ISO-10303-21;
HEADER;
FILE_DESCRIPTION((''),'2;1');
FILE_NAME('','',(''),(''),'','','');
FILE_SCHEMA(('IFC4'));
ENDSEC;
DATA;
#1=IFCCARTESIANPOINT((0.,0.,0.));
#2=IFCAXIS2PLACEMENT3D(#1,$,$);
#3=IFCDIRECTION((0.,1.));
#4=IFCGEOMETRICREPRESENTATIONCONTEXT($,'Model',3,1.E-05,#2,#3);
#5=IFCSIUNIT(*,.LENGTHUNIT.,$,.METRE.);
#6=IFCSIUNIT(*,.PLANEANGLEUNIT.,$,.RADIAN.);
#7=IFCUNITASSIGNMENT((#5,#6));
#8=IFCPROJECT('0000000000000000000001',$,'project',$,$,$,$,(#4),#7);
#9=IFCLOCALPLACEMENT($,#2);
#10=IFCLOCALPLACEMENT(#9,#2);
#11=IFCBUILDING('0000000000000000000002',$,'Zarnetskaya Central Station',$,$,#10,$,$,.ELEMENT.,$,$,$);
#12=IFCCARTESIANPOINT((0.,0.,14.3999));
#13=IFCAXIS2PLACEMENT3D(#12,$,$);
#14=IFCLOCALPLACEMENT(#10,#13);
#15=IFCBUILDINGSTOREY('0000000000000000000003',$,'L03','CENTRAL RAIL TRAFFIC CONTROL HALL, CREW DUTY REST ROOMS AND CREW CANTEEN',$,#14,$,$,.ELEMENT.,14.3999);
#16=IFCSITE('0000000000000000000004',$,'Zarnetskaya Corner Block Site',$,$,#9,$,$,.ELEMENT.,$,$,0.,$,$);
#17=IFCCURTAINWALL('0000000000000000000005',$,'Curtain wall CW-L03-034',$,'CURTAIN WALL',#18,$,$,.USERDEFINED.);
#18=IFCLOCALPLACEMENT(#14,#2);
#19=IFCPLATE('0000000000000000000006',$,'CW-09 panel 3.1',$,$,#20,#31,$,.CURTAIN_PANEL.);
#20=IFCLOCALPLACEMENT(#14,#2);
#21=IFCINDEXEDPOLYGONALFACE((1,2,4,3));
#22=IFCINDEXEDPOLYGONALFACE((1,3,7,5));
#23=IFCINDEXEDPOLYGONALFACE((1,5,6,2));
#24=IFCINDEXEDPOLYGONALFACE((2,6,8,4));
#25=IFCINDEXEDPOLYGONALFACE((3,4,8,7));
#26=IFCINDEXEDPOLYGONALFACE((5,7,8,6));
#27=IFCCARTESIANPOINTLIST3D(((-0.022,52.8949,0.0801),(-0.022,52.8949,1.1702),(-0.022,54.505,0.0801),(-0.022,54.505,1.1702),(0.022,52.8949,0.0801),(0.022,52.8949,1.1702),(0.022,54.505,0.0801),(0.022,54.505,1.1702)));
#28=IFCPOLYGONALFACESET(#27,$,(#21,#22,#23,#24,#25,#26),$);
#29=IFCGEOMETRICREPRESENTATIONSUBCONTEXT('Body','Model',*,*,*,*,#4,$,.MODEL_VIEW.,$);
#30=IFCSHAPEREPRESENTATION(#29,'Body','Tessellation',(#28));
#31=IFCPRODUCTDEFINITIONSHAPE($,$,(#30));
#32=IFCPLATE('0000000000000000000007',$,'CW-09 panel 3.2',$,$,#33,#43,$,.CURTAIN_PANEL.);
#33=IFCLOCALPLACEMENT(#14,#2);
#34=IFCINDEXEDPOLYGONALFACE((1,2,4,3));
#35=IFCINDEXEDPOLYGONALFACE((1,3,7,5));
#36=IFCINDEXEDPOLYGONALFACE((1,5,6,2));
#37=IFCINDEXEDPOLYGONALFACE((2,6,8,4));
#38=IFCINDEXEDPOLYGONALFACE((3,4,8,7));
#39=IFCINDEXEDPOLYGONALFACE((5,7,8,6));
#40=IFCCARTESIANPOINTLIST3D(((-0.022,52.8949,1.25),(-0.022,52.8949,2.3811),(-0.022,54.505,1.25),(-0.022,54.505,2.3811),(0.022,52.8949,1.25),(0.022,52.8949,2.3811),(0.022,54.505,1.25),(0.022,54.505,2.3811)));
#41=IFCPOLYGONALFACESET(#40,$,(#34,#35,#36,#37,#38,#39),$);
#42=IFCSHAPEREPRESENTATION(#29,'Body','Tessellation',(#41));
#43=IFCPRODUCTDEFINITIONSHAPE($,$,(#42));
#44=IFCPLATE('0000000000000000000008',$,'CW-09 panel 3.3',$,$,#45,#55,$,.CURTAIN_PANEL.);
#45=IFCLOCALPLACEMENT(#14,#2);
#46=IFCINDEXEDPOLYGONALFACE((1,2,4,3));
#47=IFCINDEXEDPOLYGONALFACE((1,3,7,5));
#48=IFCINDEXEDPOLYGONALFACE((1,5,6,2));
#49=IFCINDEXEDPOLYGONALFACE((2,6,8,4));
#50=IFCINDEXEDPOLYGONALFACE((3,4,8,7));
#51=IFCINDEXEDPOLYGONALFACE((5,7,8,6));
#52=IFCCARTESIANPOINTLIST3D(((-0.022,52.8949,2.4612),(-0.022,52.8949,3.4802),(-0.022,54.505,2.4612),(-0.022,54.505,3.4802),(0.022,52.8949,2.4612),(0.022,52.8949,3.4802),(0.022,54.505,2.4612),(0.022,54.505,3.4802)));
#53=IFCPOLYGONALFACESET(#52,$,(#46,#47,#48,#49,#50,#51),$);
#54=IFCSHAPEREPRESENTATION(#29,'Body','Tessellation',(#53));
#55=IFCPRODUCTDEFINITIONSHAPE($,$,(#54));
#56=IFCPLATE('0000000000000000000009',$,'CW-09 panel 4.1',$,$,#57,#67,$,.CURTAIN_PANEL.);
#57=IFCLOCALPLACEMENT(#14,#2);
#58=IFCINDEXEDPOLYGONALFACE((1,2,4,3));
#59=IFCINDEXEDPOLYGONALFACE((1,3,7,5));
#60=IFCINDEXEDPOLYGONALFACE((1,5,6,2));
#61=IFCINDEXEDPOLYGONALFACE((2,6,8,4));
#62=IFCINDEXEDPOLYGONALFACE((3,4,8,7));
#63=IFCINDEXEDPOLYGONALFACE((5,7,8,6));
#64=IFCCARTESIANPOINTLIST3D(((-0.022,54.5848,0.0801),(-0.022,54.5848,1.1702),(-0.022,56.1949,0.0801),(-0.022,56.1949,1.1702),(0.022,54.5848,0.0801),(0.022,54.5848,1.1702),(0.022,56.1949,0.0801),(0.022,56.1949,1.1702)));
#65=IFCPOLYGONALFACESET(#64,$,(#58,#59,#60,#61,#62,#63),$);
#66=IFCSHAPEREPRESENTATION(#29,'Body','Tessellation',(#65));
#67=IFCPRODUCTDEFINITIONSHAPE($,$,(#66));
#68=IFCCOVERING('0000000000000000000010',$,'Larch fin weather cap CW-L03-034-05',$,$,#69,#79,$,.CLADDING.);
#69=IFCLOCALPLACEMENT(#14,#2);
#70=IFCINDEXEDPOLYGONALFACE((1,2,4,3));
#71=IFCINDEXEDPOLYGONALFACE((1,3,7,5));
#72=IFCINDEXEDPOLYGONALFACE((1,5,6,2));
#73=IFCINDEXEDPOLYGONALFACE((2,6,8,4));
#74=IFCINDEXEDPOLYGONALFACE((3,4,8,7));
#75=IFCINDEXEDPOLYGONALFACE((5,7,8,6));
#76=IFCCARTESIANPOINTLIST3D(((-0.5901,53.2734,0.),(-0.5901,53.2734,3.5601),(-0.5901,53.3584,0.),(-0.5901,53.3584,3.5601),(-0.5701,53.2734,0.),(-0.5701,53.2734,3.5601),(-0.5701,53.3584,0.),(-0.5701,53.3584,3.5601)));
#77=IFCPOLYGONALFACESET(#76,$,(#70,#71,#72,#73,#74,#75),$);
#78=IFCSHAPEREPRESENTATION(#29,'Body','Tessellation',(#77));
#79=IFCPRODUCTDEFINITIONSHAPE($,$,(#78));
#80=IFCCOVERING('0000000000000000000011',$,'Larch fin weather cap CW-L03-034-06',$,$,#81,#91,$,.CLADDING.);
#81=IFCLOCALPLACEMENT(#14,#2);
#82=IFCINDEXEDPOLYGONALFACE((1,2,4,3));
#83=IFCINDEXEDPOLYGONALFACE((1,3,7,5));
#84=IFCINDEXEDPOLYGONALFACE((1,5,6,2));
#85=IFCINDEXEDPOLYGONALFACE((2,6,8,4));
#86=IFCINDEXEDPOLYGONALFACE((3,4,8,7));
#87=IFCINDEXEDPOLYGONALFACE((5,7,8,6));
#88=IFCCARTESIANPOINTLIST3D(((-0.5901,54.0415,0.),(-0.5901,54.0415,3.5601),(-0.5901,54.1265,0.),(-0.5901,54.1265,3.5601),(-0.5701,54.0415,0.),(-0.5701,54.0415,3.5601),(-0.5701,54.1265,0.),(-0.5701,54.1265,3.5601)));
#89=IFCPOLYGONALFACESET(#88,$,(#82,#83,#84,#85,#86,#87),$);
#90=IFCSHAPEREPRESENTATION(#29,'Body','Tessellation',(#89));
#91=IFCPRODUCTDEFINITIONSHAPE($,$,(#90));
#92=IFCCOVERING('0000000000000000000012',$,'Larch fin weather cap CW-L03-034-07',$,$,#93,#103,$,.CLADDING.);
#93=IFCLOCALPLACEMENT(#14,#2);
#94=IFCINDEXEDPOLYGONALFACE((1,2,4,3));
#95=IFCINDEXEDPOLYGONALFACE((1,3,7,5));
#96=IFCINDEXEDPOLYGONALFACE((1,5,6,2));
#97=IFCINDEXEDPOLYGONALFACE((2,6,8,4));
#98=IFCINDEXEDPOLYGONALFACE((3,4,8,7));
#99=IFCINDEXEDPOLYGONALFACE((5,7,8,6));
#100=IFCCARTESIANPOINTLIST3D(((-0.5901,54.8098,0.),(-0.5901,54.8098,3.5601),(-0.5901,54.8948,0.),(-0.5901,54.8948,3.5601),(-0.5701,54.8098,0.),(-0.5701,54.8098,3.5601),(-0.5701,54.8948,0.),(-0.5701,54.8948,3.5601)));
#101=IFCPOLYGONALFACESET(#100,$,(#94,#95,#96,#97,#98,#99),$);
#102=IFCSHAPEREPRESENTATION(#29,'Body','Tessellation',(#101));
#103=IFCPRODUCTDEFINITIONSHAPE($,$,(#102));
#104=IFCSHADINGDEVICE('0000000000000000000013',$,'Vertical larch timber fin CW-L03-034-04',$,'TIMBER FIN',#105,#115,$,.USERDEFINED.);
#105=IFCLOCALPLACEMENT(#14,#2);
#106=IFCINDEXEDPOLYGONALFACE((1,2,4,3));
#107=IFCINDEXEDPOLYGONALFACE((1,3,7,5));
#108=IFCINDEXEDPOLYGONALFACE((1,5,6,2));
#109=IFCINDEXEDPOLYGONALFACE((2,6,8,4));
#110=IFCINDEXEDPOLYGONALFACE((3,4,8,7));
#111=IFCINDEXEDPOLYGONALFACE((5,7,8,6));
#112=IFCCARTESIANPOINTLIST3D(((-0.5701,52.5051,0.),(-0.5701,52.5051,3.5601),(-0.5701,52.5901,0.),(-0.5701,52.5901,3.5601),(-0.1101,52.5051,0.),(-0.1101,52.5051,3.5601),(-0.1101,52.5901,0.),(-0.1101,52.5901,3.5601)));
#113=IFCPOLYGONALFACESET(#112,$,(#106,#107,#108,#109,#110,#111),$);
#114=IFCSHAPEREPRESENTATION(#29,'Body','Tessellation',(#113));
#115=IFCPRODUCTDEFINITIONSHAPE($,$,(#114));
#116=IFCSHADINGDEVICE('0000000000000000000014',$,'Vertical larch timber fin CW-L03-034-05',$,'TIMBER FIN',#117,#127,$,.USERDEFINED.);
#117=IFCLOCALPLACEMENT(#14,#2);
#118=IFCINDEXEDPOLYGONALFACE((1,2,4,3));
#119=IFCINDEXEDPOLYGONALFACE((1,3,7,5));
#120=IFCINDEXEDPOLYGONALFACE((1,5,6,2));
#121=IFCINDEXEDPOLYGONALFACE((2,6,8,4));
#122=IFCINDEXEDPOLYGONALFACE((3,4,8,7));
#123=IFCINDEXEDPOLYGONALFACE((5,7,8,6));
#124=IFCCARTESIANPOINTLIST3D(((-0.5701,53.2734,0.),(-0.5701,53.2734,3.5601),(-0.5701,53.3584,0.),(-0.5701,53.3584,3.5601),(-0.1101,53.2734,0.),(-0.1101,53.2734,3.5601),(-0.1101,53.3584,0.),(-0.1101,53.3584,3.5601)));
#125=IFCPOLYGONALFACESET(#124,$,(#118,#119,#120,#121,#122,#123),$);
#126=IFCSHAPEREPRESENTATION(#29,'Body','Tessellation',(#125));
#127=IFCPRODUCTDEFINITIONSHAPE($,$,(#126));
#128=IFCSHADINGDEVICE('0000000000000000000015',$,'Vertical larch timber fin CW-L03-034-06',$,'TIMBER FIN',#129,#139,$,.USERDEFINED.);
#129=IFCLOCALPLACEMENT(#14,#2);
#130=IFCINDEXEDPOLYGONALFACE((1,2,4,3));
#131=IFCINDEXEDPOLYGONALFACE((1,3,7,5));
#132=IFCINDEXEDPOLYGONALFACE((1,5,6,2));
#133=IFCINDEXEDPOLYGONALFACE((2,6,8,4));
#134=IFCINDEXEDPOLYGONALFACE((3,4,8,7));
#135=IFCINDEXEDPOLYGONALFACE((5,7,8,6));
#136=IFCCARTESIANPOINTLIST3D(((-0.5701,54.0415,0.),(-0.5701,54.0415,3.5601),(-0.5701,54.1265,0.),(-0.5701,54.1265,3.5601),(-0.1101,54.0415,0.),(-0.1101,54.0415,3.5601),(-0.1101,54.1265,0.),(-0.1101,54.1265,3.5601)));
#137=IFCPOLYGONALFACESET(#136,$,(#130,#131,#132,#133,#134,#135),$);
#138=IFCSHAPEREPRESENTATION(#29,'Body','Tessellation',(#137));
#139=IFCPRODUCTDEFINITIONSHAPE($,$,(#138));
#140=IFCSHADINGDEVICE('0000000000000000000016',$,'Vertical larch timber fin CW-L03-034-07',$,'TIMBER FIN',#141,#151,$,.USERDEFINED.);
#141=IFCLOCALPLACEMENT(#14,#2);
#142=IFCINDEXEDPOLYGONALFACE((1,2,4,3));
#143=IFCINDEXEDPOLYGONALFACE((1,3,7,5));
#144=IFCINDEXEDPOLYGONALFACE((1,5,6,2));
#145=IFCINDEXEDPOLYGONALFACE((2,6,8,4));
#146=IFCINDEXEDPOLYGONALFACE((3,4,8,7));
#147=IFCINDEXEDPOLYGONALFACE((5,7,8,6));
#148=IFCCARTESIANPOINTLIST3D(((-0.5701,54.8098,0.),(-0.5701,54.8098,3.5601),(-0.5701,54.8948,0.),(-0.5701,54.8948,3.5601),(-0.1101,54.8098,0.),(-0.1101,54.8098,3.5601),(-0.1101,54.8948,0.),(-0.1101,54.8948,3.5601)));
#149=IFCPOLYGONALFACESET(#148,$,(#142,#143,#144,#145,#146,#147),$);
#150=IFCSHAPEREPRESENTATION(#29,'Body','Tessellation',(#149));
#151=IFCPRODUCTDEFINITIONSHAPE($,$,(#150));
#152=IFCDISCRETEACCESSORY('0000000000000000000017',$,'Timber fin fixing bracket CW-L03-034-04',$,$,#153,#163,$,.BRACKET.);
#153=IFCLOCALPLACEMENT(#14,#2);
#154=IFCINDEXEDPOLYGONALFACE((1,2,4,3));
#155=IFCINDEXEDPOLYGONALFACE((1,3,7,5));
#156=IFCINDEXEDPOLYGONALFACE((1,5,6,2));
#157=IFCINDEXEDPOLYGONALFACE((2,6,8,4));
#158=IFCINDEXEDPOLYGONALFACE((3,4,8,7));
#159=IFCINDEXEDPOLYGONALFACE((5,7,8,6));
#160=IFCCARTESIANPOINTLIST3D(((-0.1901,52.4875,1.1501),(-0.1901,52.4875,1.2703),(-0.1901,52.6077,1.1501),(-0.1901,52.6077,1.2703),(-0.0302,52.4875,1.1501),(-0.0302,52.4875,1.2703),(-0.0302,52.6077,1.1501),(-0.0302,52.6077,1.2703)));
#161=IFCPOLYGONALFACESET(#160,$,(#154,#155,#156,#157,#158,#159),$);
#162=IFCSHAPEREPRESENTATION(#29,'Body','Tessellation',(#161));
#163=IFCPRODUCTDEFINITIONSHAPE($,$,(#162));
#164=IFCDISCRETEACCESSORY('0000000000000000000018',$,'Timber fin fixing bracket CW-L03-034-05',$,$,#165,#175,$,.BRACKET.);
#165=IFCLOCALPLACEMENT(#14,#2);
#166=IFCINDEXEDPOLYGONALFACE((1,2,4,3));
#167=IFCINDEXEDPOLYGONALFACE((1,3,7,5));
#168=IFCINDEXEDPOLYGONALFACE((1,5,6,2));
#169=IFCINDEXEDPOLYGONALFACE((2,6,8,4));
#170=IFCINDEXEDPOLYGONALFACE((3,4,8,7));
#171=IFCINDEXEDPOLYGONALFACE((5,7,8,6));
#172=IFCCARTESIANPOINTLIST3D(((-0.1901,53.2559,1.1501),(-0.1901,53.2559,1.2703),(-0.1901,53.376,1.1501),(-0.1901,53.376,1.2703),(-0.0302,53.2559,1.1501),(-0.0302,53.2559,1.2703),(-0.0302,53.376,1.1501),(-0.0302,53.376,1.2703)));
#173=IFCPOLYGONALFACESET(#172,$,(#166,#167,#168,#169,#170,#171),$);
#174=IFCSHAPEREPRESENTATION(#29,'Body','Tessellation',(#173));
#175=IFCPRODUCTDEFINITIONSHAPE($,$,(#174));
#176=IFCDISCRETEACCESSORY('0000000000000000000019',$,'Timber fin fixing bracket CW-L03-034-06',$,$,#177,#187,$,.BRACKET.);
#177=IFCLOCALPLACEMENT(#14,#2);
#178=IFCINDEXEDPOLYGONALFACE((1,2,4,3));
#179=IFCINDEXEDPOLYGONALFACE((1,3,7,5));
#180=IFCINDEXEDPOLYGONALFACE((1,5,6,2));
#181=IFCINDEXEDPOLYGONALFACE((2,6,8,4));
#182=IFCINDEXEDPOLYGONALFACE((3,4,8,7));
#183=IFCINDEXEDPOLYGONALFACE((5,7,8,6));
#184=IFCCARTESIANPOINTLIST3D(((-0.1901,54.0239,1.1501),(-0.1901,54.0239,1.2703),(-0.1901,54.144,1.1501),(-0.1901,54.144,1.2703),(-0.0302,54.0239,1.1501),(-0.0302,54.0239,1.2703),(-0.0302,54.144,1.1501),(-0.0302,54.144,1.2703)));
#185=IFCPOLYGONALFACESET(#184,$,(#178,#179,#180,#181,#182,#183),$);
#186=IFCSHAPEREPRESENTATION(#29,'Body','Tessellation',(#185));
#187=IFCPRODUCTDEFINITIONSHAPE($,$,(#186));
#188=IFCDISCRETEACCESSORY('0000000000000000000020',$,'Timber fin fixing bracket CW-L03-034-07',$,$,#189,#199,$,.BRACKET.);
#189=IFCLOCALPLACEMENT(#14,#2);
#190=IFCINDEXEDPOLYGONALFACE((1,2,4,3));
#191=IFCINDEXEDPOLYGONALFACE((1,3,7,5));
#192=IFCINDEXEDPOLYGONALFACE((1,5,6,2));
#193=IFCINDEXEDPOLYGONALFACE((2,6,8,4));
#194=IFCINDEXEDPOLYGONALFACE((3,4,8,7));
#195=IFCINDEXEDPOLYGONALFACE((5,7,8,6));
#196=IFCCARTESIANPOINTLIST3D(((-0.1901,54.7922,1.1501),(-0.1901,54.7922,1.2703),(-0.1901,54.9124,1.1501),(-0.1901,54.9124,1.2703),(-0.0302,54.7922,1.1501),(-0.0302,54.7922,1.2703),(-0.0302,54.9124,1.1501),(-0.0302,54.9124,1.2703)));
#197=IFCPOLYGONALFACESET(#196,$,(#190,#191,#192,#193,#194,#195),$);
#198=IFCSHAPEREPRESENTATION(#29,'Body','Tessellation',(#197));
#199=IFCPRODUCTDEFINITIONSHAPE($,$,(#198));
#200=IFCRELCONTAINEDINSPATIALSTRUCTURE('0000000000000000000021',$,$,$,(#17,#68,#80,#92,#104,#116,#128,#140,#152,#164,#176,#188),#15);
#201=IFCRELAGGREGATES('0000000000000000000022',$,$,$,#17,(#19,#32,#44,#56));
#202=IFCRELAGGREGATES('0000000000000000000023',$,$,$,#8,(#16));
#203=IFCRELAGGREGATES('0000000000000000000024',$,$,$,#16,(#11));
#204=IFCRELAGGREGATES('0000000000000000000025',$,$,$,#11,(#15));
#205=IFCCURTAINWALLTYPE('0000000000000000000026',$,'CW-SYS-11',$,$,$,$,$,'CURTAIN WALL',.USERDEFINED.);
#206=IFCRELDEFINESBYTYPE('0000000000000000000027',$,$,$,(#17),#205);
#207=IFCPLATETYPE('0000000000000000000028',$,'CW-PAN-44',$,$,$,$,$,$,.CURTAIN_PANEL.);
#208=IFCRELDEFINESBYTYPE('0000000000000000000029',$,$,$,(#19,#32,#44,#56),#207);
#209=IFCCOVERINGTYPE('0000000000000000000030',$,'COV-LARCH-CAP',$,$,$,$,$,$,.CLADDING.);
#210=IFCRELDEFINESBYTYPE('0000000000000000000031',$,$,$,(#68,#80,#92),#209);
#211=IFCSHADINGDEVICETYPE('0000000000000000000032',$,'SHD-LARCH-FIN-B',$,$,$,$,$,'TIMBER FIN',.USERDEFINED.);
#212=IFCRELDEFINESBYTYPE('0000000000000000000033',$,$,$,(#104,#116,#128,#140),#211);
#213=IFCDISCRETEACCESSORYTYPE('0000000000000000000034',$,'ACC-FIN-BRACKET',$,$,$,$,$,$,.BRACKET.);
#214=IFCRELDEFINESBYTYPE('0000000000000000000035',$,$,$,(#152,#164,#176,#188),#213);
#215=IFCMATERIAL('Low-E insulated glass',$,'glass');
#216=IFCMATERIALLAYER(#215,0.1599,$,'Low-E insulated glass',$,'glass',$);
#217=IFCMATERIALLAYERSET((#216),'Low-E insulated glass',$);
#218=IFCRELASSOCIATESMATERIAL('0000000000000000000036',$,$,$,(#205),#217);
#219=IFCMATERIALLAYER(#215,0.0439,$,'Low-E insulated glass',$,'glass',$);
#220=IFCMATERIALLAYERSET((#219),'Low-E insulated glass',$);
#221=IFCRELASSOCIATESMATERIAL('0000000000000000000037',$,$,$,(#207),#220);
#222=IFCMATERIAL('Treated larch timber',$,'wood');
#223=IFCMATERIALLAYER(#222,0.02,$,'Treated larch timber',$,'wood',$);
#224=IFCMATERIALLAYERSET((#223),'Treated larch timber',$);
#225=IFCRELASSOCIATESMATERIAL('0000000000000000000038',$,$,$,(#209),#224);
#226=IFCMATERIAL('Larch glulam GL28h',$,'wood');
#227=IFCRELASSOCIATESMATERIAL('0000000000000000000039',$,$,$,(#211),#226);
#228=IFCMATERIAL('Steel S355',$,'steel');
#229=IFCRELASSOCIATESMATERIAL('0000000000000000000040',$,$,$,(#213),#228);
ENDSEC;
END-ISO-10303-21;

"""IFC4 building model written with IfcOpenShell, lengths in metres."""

from ifc_helpers import new_model, si_unit, direction, frame, origin, origin_2d, place, context, subcontext, project, spatial, rectangle, extrude, material, layer, layer_set, type_object, element, aggregate, save


model = new_model("IFC4")

# Units and contexts
model_context = context("Model", 3, precision=1e-05, world=origin(), true_north=direction((0.0, 1.0)))
body_context = subcontext(model_context, "Body", "Model", "MODEL_VIEW")
ifc_project = project(units=[si_unit("LENGTHUNIT", "METRE"), si_unit("PLANEANGLEUNIT", "RADIAN")], contexts=[model_context])

# Site, building, storey
site_placement = place(None, origin())
site = spatial("IfcSite", under=ifc_project, at=site_placement, Name="Zarnetskaya Corner Block Site", CompositionType="ELEMENT", RefElevation=0.0)
building_placement = place(site_placement, origin())
building = spatial("IfcBuilding", under=site, at=building_placement, Name="Zarnetskaya Central Station", CompositionType="ELEMENT")
storey_placement = place(building_placement, frame((0.0, 0.0, 14.3999)))
storey = spatial("IfcBuildingStorey", under=building, at=storey_placement, Name="L03", Description="CENTRAL RAIL TRAFFIC CONTROL HALL, CREW DUTY REST ROOMS AND CREW CANTEEN", CompositionType="ELEMENT", Elevation=14.3999)

# Shared definitions
ifc_material_1 = material(Name="Steel S355", Category="steel")

# Curtain wall, plates
ifc_material_2 = material(Name="Low-E insulated glass", Category="glass")
ifc_layer_1 = layer(ifc_material_2, 0.1599, Name="Low-E insulated glass", Category="glass")
ifc_layer_set_1 = layer_set([ifc_layer_1], Name="Low-E insulated glass")
curtain_wall_type = type_object("IfcCurtainWallType", Name="CW-SYS-11", ElementType="CURTAIN WALL", PredefinedType="USERDEFINED", material=ifc_layer_set_1)
curtain_wall_placement = place(storey_placement, origin())
curtain_wall = element("IfcCurtainWall", 1, at=curtain_wall_placement, inside=storey, type_object=curtain_wall_type, Name="Curtain wall CW-L03-034", ObjectType="CURTAIN WALL", PredefinedType="USERDEFINED")
ifc_layer_2 = layer(ifc_material_2, 0.0439, Name="Low-E insulated glass", Category="glass")
ifc_layer_set_2 = layer_set([ifc_layer_2], Name="Low-E insulated glass")
plate_type = type_object("IfcPlateType", Name="CW-PAN-44", PredefinedType="CURTAIN_PANEL", material=ifc_layer_set_2)
plate_1_placement = place(storey_placement, frame((0.0, 53.7, 0.0801), z_axis=(0.0, 0.0, 1.0), x_axis=(0.0, 1.0, 0.0)))
plate_1 = element("IfcPlate", 2, at=plate_1_placement, type_object=plate_type, Name="CW-09 panel 3.1", PredefinedType="CURTAIN_PANEL", context=body_context, shape_type="SweptSolid", body=[
    extrude(rectangle(XDim=1.6101, YDim=0.0439, at=origin_2d()), origin(), (0.0, 0.0, 1.0), 1.0901),
])
plate_2_placement = place(storey_placement, frame((0.0, 53.7, 1.25), z_axis=(0.0, 0.0, 1.0), x_axis=(0.0, 1.0, 0.0)))
plate_2 = element("IfcPlate", 3, at=plate_2_placement, type_object=plate_type, Name="CW-09 panel 3.2", PredefinedType="CURTAIN_PANEL", context=body_context, shape_type="SweptSolid", body=[
    extrude(rectangle(XDim=1.6101, YDim=0.0439, at=origin_2d()), origin(), (0.0, 0.0, 1.0), 1.1311),
])
plate_3_placement = place(storey_placement, frame((0.0, 53.7, 2.4612), z_axis=(0.0, 0.0, 1.0), x_axis=(0.0, 1.0, 0.0)))
plate_3 = element("IfcPlate", 4, at=plate_3_placement, type_object=plate_type, Name="CW-09 panel 3.3", PredefinedType="CURTAIN_PANEL", context=body_context, shape_type="SweptSolid", body=[
    extrude(rectangle(XDim=1.6101, YDim=0.0439, at=origin_2d()), origin(), (0.0, 0.0, 1.0), 1.019),
])
plate_4_placement = place(storey_placement, frame((0.0, 55.3899, 0.0801), z_axis=(0.0, 0.0, 1.0), x_axis=(0.0, 1.0, 0.0)))
plate_4 = element("IfcPlate", 5, at=plate_4_placement, type_object=plate_type, Name="CW-09 panel 4.1", PredefinedType="CURTAIN_PANEL", context=body_context, shape_type="SweptSolid", body=[
    extrude(rectangle(XDim=1.6101, YDim=0.0439, at=origin_2d()), origin(), (0.0, 0.0, 1.0), 1.0901),
])
aggregate(curtain_wall, [plate_1, plate_2, plate_3, plate_4])

# Coverings
ifc_material_3 = material(Name="Treated larch timber", Category="wood")
ifc_layer_3 = layer(ifc_material_3, 0.02, Name="Treated larch timber", Category="wood")
ifc_layer_set_3 = layer_set([ifc_layer_3], Name="Treated larch timber")
covering_type = type_object("IfcCoveringType", Name="COV-LARCH-CAP", PredefinedType="CLADDING", material=ifc_layer_set_3)
for number, where, z_axis, x_axis, name in (
    (6, (-0.5801, 53.3159, 0.0), (0.0, 0.0, 1.0), (0.0, 1.0, 0.0), "Larch fin weather cap CW-L03-034-05"),
    (7, (-0.5801, 54.084, 0.0), (0.0, 0.0, 1.0), (0.0, 1.0, 0.0), "Larch fin weather cap CW-L03-034-06"),
    (8, (-0.5801, 54.8523, 0.0), (0.0, 0.0, 1.0), (0.0, 1.0, 0.0), "Larch fin weather cap CW-L03-034-07"),
):
    element("IfcCovering", number, at=place(storey_placement, frame(where, z_axis=z_axis, x_axis=x_axis)), inside=storey, type_object=covering_type, Name=name, PredefinedType="CLADDING", context=body_context, shape_type="SweptSolid", body=[
        extrude(rectangle(XDim=0.085, YDim=0.02, at=origin_2d()), origin(), (0.0, 0.0, 1.0), 3.5601),
    ])

# Shading devices
ifc_material_4 = material(Name="Larch glulam GL28h", Category="wood")
shading_device_type = type_object("IfcShadingDeviceType", Name="SHD-LARCH-FIN-B", ElementType="TIMBER FIN", PredefinedType="USERDEFINED", material=ifc_material_4)
for number, where, z_axis, x_axis, name in (
    (9, (-0.3401, 52.5476, 0.0), (0.0, 0.0, 1.0), (0.0, 1.0, 0.0), "Vertical larch timber fin CW-L03-034-04"),
    (10, (-0.3401, 53.3159, 0.0), (0.0, 0.0, 1.0), (0.0, 1.0, 0.0), "Vertical larch timber fin CW-L03-034-05"),
    (11, (-0.3401, 54.084, 0.0), (0.0, 0.0, 1.0), (0.0, 1.0, 0.0), "Vertical larch timber fin CW-L03-034-06"),
    (12, (-0.3401, 54.8523, 0.0), (0.0, 0.0, 1.0), (0.0, 1.0, 0.0), "Vertical larch timber fin CW-L03-034-07"),
):
    element("IfcShadingDevice", number, at=place(storey_placement, frame(where, z_axis=z_axis, x_axis=x_axis)), inside=storey, type_object=shading_device_type, Name=name, ObjectType="TIMBER FIN", PredefinedType="USERDEFINED", context=body_context, shape_type="SweptSolid", body=[
        extrude(rectangle(XDim=0.085, YDim=0.46, at=origin_2d()), origin(), (0.0, 0.0, 1.0), 3.5601),
    ])

# Discrete accessories
discrete_accessory_type = type_object("IfcDiscreteAccessoryType", Name="ACC-FIN-BRACKET", PredefinedType="BRACKET", material=ifc_material_1)
for number, where, z_axis, x_axis, name in (
    (13, (-0.1101, 52.5476, 1.1501), (0.0, 0.0, 1.0), (0.0, 1.0, 0.0), "Timber fin fixing bracket CW-L03-034-04"),
    (14, (-0.1101, 53.3159, 1.1501), (0.0, 0.0, 1.0), (0.0, 1.0, 0.0), "Timber fin fixing bracket CW-L03-034-05"),
    (15, (-0.1101, 54.084, 1.1501), (0.0, 0.0, 1.0), (0.0, 1.0, 0.0), "Timber fin fixing bracket CW-L03-034-06"),
    (16, (-0.1101, 54.8523, 1.1501), (0.0, 0.0, 1.0), (0.0, 1.0, 0.0), "Timber fin fixing bracket CW-L03-034-07"),
):
    element("IfcDiscreteAccessory", number, at=place(storey_placement, frame(where, z_axis=z_axis, x_axis=x_axis)), inside=storey, type_object=discrete_accessory_type, Name=name, PredefinedType="BRACKET", context=body_context, shape_type="SweptSolid", body=[
        extrude(rectangle(XDim=0.1201, YDim=0.1599, at=origin_2d()), origin(), (0.0, 0.0, 1.0), 0.1201),
    ])

save(model, "model.ifc")
